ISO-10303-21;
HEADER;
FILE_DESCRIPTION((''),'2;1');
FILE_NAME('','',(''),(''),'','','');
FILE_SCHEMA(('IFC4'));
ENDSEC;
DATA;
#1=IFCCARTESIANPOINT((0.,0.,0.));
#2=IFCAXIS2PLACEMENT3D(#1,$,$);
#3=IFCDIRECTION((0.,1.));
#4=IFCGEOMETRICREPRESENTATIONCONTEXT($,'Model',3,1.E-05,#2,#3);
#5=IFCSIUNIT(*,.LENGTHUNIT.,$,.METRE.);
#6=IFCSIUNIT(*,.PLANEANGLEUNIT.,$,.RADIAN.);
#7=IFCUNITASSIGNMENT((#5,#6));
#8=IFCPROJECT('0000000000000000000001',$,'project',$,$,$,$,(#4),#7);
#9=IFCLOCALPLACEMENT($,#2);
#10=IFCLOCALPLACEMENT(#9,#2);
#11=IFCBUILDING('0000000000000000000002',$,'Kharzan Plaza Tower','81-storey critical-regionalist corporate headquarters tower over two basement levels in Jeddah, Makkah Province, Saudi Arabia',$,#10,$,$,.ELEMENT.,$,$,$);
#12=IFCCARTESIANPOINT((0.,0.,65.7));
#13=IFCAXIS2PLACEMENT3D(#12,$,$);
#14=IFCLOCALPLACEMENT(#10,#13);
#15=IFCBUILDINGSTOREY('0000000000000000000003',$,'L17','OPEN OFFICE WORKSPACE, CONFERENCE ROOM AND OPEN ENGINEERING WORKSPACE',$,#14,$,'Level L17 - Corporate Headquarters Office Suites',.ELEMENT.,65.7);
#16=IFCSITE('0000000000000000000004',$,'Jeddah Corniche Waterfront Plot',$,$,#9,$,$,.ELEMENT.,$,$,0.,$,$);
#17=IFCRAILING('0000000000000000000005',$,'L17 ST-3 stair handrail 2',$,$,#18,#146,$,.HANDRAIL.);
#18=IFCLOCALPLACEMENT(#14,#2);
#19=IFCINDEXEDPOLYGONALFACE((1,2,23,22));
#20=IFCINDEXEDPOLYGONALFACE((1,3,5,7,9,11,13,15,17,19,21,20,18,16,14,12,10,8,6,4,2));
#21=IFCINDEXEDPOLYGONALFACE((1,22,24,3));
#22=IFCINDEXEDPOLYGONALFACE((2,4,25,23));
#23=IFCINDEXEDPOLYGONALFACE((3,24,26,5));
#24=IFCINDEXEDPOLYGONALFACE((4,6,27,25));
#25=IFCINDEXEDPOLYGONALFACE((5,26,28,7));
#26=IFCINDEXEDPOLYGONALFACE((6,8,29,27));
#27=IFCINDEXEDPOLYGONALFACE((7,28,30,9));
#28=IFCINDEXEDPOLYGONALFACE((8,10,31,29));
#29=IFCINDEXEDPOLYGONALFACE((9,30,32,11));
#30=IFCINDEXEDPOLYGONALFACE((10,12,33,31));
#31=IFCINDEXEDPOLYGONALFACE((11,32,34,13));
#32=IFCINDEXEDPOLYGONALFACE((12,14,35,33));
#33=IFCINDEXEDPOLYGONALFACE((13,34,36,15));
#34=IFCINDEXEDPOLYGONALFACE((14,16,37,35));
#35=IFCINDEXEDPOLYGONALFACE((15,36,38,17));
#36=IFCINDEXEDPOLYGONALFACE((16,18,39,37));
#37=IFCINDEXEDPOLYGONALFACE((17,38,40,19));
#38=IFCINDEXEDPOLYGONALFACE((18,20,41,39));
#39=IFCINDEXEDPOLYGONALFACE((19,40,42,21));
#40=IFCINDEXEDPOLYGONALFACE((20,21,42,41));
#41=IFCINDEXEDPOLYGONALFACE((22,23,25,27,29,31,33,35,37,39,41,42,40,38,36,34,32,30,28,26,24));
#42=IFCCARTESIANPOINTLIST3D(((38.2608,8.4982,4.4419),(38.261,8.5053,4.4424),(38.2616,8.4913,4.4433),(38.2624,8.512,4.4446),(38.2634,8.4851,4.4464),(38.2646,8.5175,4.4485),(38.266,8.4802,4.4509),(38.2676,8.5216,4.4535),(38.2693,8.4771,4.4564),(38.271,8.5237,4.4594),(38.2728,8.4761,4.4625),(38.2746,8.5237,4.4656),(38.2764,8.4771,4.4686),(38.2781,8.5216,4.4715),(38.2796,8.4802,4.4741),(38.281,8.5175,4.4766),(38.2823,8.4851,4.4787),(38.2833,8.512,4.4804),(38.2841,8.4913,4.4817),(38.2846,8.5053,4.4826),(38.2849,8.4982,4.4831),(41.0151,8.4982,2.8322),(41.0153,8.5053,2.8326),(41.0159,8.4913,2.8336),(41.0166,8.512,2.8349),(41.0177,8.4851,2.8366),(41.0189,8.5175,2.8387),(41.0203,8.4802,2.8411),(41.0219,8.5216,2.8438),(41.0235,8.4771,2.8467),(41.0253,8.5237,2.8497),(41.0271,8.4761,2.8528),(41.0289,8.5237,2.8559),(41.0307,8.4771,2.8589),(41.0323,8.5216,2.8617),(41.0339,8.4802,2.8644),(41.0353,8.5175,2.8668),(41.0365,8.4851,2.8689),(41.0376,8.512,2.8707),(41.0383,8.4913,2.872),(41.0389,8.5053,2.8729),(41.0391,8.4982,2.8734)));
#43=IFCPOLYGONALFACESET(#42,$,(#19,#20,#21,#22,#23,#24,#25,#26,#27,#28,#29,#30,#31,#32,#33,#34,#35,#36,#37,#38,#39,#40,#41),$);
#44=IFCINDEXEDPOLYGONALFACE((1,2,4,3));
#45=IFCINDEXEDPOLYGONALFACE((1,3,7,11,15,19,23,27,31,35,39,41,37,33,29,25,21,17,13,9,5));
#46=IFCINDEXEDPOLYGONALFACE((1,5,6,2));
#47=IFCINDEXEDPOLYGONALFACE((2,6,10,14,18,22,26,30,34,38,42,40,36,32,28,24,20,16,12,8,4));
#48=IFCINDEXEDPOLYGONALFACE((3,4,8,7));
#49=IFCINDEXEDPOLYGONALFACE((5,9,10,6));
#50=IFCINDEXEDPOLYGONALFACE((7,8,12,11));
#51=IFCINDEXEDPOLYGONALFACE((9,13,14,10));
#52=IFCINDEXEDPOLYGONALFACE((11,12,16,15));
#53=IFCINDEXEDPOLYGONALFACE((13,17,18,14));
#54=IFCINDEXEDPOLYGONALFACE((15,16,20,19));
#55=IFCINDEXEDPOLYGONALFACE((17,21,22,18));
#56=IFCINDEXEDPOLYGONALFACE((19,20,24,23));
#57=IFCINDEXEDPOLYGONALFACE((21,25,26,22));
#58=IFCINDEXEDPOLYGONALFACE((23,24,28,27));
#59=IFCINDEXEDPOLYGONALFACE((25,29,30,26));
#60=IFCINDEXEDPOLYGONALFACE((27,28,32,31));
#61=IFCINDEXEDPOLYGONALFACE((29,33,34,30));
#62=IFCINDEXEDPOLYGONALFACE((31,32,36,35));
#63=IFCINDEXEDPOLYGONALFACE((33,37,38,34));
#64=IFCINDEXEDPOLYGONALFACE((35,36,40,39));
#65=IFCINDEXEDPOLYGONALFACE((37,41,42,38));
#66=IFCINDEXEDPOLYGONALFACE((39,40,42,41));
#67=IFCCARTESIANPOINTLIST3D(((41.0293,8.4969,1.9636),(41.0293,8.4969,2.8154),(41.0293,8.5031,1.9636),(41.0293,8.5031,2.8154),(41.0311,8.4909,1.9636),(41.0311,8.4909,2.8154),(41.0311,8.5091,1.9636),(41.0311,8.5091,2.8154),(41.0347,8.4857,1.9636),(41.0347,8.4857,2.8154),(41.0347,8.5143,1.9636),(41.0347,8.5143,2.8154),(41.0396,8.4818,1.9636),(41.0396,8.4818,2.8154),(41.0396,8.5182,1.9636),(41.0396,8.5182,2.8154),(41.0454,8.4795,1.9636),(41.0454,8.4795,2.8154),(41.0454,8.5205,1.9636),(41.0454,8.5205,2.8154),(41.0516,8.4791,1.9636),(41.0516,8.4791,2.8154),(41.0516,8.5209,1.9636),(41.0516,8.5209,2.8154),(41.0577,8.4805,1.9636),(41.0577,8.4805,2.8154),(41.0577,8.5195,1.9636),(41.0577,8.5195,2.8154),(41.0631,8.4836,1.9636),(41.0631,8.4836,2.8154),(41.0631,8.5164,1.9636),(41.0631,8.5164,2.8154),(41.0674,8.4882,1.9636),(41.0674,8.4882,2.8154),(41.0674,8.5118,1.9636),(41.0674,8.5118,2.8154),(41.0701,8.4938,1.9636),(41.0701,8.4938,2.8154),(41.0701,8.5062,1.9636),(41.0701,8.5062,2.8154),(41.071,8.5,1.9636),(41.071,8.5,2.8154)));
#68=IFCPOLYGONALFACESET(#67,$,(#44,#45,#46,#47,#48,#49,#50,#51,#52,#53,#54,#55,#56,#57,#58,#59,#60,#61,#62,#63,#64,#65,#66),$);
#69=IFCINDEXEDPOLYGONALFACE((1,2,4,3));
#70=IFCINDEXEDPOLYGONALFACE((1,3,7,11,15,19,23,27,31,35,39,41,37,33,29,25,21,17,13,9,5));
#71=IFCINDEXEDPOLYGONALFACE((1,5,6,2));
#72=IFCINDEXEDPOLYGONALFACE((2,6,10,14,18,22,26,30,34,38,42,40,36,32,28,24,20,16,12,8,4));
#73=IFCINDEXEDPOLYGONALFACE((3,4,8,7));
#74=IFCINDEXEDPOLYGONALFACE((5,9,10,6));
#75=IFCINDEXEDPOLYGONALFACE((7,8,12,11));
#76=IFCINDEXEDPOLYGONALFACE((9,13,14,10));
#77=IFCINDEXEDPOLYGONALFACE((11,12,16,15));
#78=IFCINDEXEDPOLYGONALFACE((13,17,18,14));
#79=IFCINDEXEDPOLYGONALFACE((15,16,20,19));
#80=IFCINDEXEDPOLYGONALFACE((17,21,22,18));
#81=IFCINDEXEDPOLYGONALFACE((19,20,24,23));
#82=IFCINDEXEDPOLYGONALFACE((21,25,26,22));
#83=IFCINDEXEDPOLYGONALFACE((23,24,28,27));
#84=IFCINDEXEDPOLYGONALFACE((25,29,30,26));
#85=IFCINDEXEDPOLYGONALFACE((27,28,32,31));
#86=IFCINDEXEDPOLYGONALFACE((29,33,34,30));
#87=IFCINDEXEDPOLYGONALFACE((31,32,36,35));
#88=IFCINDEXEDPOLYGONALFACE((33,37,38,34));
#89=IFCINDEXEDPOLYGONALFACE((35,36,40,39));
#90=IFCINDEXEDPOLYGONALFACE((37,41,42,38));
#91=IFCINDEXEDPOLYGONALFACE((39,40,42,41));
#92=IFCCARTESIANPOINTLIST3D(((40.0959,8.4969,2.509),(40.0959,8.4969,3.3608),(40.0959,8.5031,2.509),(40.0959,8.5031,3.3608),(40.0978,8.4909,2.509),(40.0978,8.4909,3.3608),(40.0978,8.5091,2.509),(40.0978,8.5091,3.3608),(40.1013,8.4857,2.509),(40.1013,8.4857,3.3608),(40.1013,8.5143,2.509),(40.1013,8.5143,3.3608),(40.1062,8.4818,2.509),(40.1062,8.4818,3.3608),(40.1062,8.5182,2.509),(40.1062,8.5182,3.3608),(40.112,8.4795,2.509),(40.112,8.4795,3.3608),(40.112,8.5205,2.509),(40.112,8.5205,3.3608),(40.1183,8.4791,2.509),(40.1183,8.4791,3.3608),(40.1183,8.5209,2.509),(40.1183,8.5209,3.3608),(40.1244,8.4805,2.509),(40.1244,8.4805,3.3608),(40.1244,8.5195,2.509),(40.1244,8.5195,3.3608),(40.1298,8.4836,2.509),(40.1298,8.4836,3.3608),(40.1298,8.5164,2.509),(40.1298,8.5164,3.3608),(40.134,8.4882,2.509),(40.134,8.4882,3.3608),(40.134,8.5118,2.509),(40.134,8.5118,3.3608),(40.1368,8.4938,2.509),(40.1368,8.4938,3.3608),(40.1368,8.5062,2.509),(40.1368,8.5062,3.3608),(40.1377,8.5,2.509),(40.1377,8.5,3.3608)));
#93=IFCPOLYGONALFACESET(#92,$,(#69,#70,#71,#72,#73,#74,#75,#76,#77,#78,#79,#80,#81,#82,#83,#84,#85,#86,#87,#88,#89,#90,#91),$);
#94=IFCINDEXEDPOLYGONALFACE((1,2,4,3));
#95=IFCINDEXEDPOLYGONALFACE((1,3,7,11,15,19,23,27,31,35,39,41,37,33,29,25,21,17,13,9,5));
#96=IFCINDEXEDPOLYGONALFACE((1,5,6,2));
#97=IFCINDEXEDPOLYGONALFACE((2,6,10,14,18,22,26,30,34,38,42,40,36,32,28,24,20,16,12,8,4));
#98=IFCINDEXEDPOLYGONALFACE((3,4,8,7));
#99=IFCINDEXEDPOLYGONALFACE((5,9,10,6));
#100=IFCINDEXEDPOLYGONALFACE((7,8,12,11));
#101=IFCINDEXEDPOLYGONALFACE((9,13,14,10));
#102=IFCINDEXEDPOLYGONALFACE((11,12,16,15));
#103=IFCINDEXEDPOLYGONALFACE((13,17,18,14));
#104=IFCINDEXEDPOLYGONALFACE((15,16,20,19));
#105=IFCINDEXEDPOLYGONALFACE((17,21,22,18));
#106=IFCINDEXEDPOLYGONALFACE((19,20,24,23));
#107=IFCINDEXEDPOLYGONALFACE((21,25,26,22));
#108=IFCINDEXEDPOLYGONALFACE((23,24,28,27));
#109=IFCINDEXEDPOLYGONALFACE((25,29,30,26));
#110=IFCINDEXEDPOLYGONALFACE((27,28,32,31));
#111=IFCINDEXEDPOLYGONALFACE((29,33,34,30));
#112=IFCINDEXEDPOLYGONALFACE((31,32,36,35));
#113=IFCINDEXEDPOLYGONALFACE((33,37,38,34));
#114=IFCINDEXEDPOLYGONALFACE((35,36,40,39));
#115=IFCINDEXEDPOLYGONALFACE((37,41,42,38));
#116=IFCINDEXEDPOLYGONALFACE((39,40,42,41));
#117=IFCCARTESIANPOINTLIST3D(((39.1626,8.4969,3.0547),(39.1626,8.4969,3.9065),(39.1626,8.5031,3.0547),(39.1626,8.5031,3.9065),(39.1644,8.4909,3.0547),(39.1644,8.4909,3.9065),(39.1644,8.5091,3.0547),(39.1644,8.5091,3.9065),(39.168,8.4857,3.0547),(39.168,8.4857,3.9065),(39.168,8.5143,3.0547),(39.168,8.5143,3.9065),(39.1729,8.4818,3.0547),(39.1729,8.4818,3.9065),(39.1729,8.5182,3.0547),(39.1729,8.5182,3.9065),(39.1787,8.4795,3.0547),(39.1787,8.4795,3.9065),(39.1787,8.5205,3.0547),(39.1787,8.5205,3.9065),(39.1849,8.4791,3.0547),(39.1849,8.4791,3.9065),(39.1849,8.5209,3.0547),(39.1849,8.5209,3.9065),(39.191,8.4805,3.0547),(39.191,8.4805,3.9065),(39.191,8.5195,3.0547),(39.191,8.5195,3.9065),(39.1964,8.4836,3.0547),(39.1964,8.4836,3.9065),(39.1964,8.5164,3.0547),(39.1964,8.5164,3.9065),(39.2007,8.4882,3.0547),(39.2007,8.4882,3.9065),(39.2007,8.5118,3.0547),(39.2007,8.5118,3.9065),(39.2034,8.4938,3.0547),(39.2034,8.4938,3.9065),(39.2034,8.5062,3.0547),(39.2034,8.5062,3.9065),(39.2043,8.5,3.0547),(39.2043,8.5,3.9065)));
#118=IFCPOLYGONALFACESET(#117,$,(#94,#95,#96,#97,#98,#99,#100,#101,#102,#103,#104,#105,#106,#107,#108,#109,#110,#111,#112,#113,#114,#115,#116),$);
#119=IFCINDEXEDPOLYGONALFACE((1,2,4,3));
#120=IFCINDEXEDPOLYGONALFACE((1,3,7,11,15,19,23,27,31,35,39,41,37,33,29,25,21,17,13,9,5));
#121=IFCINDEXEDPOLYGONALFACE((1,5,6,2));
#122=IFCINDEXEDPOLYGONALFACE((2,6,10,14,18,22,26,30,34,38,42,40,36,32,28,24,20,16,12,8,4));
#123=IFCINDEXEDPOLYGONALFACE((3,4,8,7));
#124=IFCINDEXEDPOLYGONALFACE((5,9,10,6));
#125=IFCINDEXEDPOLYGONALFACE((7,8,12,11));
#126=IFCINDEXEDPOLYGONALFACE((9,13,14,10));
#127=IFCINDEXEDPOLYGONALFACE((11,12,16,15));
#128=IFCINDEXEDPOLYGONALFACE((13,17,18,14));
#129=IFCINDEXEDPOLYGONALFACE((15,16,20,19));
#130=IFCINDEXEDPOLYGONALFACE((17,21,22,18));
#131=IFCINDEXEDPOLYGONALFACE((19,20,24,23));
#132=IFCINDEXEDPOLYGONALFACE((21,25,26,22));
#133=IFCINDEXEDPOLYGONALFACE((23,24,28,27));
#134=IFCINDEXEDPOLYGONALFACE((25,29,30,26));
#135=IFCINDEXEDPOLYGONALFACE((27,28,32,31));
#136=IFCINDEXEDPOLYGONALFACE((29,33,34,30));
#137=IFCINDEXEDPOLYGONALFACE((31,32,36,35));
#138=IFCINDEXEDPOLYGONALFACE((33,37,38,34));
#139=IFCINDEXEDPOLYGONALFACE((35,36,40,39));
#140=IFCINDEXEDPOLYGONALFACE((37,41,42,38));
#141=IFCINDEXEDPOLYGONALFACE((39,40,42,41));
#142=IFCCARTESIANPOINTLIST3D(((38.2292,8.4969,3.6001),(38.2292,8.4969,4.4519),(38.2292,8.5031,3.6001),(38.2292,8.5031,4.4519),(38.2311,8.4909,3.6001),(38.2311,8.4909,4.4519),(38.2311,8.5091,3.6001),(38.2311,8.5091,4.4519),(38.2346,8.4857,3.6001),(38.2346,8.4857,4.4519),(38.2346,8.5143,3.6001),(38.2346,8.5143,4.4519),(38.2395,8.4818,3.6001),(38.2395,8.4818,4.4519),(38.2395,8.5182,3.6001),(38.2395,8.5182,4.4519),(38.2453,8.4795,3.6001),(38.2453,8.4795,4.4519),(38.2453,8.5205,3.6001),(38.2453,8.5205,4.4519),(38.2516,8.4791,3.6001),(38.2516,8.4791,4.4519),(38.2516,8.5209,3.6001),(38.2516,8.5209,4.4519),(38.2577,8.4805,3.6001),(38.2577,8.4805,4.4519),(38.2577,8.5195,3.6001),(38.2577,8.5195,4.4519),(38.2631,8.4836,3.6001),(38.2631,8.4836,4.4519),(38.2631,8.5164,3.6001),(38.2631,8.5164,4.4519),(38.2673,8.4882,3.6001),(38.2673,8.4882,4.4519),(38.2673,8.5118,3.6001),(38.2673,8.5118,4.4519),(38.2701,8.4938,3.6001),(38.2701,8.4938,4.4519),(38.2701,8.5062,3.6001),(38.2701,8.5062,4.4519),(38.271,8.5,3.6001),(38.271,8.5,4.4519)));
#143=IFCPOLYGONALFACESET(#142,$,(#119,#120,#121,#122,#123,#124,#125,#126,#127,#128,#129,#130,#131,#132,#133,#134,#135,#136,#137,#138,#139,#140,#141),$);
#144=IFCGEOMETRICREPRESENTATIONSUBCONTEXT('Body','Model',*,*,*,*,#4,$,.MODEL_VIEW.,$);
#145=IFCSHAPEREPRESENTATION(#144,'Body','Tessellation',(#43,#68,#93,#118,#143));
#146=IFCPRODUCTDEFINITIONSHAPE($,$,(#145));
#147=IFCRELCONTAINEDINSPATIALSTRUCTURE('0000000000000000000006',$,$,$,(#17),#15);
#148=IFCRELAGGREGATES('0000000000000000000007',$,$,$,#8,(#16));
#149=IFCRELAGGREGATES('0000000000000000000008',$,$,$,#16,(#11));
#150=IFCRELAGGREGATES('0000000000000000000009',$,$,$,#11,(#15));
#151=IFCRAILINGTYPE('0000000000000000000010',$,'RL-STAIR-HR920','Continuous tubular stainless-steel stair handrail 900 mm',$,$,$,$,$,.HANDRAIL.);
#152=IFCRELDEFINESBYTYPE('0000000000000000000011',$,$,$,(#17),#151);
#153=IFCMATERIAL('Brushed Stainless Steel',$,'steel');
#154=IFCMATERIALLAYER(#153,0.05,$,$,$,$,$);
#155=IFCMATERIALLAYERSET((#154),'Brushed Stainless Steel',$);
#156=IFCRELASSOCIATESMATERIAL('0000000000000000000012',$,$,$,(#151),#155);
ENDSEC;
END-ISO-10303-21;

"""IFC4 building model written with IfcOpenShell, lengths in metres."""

from ifc_helpers import new_model, si_unit, direction, frame, origin, origin_2d, place, context, subcontext, project, spatial, circle, extrude, source, transform, mapped, material, layer, layer_set, type_object, element, save


model = new_model("IFC4")

# Units and contexts
model_context = context("Model", 3, precision=1e-05, world=origin(), true_north=direction((0.0, 1.0)))
body_context = subcontext(model_context, "Body", "Model", "MODEL_VIEW")
ifc_project = project(units=[si_unit("LENGTHUNIT", "METRE"), si_unit("PLANEANGLEUNIT", "RADIAN")], contexts=[model_context])

# Site, building, storey
site_placement = place(None, origin())
site = spatial("IfcSite", under=ifc_project, at=site_placement, Name="Jeddah Corniche Waterfront Plot", CompositionType="ELEMENT", RefElevation=0.0)
building_placement = place(site_placement, origin())
building = spatial("IfcBuilding", under=site, at=building_placement, Name="Kharzan Plaza Tower", Description="81-storey critical-regionalist corporate headquarters tower over two basement levels in Jeddah, Makkah Province, Saudi Arabia", CompositionType="ELEMENT")
storey_placement = place(building_placement, frame((0.0, 0.0, 65.7)))
storey = spatial("IfcBuildingStorey", under=building, at=storey_placement, Name="L17", Description="OPEN OFFICE WORKSPACE, CONFERENCE ROOM AND OPEN ENGINEERING WORKSPACE", LongName="Level L17 - Corporate Headquarters Office Suites", CompositionType="ELEMENT", Elevation=65.7)

# Shared definitions
ifc_material_1 = material(Name="Brushed Stainless Steel", Category="steel")

# Railing
ifc_layer_1 = layer(ifc_material_1, 0.05)
ifc_layer_set_1 = layer_set([ifc_layer_1], Name="Brushed Stainless Steel")
railing_type_1 = type_object("IfcRailingType", Name="RL-STAIR-HR920", Description="Continuous tubular stainless-steel stair handrail 900 mm", PredefinedType="HANDRAIL", material=ifc_layer_set_1)
shared_shape_1 = source(origin(), body_context, "Body", "SweptSolid", [
    extrude(circle(Radius=0.0239, at=origin_2d()), frame((-0.0229, 0.0, 0.8892), z_axis=(-0.863361, 0.0, 0.504587), x_axis=(0.0, -1.0, 0.0)), (0.0, 0.0, 1.0), 3.1902),
    extrude(circle(Radius=0.021, at=origin_2d()), origin(), (0.0, 0.0, 1.0), 0.8518),
    extrude(circle(Radius=0.021, at=origin_2d()), frame((-0.9333, 0.0, 0.5454)), (0.0, 0.0, 1.0), 0.8518),
    extrude(circle(Radius=0.021, at=origin_2d()), frame((-1.8667, 0.0, 1.0911)), (0.0, 0.0, 1.0), 0.8518),
    extrude(circle(Radius=0.021, at=origin_2d()), frame((-2.8, 0.0, 1.6365)), (0.0, 0.0, 1.0), 0.8518),
])
railing_1_placement = place(storey_placement, frame((41.05, 8.5, 1.9636)))
element("IfcRailing", 1, at=railing_1_placement, inside=storey, type_object=railing_type_1, Name="L17 ST-3 stair handrail 2", PredefinedType="HANDRAIL", context=body_context, shape_type="MappedRepresentation", body=[
    mapped(shared_shape_1, transform((0.0, 0.0, 0.0), x_axis=(1.0, 0.0, 0.0), y_axis=(0.0, 1.0, 0.0), z_axis=(0.0, 0.0, 1.0))),
])

save(model, "model.ifc")
